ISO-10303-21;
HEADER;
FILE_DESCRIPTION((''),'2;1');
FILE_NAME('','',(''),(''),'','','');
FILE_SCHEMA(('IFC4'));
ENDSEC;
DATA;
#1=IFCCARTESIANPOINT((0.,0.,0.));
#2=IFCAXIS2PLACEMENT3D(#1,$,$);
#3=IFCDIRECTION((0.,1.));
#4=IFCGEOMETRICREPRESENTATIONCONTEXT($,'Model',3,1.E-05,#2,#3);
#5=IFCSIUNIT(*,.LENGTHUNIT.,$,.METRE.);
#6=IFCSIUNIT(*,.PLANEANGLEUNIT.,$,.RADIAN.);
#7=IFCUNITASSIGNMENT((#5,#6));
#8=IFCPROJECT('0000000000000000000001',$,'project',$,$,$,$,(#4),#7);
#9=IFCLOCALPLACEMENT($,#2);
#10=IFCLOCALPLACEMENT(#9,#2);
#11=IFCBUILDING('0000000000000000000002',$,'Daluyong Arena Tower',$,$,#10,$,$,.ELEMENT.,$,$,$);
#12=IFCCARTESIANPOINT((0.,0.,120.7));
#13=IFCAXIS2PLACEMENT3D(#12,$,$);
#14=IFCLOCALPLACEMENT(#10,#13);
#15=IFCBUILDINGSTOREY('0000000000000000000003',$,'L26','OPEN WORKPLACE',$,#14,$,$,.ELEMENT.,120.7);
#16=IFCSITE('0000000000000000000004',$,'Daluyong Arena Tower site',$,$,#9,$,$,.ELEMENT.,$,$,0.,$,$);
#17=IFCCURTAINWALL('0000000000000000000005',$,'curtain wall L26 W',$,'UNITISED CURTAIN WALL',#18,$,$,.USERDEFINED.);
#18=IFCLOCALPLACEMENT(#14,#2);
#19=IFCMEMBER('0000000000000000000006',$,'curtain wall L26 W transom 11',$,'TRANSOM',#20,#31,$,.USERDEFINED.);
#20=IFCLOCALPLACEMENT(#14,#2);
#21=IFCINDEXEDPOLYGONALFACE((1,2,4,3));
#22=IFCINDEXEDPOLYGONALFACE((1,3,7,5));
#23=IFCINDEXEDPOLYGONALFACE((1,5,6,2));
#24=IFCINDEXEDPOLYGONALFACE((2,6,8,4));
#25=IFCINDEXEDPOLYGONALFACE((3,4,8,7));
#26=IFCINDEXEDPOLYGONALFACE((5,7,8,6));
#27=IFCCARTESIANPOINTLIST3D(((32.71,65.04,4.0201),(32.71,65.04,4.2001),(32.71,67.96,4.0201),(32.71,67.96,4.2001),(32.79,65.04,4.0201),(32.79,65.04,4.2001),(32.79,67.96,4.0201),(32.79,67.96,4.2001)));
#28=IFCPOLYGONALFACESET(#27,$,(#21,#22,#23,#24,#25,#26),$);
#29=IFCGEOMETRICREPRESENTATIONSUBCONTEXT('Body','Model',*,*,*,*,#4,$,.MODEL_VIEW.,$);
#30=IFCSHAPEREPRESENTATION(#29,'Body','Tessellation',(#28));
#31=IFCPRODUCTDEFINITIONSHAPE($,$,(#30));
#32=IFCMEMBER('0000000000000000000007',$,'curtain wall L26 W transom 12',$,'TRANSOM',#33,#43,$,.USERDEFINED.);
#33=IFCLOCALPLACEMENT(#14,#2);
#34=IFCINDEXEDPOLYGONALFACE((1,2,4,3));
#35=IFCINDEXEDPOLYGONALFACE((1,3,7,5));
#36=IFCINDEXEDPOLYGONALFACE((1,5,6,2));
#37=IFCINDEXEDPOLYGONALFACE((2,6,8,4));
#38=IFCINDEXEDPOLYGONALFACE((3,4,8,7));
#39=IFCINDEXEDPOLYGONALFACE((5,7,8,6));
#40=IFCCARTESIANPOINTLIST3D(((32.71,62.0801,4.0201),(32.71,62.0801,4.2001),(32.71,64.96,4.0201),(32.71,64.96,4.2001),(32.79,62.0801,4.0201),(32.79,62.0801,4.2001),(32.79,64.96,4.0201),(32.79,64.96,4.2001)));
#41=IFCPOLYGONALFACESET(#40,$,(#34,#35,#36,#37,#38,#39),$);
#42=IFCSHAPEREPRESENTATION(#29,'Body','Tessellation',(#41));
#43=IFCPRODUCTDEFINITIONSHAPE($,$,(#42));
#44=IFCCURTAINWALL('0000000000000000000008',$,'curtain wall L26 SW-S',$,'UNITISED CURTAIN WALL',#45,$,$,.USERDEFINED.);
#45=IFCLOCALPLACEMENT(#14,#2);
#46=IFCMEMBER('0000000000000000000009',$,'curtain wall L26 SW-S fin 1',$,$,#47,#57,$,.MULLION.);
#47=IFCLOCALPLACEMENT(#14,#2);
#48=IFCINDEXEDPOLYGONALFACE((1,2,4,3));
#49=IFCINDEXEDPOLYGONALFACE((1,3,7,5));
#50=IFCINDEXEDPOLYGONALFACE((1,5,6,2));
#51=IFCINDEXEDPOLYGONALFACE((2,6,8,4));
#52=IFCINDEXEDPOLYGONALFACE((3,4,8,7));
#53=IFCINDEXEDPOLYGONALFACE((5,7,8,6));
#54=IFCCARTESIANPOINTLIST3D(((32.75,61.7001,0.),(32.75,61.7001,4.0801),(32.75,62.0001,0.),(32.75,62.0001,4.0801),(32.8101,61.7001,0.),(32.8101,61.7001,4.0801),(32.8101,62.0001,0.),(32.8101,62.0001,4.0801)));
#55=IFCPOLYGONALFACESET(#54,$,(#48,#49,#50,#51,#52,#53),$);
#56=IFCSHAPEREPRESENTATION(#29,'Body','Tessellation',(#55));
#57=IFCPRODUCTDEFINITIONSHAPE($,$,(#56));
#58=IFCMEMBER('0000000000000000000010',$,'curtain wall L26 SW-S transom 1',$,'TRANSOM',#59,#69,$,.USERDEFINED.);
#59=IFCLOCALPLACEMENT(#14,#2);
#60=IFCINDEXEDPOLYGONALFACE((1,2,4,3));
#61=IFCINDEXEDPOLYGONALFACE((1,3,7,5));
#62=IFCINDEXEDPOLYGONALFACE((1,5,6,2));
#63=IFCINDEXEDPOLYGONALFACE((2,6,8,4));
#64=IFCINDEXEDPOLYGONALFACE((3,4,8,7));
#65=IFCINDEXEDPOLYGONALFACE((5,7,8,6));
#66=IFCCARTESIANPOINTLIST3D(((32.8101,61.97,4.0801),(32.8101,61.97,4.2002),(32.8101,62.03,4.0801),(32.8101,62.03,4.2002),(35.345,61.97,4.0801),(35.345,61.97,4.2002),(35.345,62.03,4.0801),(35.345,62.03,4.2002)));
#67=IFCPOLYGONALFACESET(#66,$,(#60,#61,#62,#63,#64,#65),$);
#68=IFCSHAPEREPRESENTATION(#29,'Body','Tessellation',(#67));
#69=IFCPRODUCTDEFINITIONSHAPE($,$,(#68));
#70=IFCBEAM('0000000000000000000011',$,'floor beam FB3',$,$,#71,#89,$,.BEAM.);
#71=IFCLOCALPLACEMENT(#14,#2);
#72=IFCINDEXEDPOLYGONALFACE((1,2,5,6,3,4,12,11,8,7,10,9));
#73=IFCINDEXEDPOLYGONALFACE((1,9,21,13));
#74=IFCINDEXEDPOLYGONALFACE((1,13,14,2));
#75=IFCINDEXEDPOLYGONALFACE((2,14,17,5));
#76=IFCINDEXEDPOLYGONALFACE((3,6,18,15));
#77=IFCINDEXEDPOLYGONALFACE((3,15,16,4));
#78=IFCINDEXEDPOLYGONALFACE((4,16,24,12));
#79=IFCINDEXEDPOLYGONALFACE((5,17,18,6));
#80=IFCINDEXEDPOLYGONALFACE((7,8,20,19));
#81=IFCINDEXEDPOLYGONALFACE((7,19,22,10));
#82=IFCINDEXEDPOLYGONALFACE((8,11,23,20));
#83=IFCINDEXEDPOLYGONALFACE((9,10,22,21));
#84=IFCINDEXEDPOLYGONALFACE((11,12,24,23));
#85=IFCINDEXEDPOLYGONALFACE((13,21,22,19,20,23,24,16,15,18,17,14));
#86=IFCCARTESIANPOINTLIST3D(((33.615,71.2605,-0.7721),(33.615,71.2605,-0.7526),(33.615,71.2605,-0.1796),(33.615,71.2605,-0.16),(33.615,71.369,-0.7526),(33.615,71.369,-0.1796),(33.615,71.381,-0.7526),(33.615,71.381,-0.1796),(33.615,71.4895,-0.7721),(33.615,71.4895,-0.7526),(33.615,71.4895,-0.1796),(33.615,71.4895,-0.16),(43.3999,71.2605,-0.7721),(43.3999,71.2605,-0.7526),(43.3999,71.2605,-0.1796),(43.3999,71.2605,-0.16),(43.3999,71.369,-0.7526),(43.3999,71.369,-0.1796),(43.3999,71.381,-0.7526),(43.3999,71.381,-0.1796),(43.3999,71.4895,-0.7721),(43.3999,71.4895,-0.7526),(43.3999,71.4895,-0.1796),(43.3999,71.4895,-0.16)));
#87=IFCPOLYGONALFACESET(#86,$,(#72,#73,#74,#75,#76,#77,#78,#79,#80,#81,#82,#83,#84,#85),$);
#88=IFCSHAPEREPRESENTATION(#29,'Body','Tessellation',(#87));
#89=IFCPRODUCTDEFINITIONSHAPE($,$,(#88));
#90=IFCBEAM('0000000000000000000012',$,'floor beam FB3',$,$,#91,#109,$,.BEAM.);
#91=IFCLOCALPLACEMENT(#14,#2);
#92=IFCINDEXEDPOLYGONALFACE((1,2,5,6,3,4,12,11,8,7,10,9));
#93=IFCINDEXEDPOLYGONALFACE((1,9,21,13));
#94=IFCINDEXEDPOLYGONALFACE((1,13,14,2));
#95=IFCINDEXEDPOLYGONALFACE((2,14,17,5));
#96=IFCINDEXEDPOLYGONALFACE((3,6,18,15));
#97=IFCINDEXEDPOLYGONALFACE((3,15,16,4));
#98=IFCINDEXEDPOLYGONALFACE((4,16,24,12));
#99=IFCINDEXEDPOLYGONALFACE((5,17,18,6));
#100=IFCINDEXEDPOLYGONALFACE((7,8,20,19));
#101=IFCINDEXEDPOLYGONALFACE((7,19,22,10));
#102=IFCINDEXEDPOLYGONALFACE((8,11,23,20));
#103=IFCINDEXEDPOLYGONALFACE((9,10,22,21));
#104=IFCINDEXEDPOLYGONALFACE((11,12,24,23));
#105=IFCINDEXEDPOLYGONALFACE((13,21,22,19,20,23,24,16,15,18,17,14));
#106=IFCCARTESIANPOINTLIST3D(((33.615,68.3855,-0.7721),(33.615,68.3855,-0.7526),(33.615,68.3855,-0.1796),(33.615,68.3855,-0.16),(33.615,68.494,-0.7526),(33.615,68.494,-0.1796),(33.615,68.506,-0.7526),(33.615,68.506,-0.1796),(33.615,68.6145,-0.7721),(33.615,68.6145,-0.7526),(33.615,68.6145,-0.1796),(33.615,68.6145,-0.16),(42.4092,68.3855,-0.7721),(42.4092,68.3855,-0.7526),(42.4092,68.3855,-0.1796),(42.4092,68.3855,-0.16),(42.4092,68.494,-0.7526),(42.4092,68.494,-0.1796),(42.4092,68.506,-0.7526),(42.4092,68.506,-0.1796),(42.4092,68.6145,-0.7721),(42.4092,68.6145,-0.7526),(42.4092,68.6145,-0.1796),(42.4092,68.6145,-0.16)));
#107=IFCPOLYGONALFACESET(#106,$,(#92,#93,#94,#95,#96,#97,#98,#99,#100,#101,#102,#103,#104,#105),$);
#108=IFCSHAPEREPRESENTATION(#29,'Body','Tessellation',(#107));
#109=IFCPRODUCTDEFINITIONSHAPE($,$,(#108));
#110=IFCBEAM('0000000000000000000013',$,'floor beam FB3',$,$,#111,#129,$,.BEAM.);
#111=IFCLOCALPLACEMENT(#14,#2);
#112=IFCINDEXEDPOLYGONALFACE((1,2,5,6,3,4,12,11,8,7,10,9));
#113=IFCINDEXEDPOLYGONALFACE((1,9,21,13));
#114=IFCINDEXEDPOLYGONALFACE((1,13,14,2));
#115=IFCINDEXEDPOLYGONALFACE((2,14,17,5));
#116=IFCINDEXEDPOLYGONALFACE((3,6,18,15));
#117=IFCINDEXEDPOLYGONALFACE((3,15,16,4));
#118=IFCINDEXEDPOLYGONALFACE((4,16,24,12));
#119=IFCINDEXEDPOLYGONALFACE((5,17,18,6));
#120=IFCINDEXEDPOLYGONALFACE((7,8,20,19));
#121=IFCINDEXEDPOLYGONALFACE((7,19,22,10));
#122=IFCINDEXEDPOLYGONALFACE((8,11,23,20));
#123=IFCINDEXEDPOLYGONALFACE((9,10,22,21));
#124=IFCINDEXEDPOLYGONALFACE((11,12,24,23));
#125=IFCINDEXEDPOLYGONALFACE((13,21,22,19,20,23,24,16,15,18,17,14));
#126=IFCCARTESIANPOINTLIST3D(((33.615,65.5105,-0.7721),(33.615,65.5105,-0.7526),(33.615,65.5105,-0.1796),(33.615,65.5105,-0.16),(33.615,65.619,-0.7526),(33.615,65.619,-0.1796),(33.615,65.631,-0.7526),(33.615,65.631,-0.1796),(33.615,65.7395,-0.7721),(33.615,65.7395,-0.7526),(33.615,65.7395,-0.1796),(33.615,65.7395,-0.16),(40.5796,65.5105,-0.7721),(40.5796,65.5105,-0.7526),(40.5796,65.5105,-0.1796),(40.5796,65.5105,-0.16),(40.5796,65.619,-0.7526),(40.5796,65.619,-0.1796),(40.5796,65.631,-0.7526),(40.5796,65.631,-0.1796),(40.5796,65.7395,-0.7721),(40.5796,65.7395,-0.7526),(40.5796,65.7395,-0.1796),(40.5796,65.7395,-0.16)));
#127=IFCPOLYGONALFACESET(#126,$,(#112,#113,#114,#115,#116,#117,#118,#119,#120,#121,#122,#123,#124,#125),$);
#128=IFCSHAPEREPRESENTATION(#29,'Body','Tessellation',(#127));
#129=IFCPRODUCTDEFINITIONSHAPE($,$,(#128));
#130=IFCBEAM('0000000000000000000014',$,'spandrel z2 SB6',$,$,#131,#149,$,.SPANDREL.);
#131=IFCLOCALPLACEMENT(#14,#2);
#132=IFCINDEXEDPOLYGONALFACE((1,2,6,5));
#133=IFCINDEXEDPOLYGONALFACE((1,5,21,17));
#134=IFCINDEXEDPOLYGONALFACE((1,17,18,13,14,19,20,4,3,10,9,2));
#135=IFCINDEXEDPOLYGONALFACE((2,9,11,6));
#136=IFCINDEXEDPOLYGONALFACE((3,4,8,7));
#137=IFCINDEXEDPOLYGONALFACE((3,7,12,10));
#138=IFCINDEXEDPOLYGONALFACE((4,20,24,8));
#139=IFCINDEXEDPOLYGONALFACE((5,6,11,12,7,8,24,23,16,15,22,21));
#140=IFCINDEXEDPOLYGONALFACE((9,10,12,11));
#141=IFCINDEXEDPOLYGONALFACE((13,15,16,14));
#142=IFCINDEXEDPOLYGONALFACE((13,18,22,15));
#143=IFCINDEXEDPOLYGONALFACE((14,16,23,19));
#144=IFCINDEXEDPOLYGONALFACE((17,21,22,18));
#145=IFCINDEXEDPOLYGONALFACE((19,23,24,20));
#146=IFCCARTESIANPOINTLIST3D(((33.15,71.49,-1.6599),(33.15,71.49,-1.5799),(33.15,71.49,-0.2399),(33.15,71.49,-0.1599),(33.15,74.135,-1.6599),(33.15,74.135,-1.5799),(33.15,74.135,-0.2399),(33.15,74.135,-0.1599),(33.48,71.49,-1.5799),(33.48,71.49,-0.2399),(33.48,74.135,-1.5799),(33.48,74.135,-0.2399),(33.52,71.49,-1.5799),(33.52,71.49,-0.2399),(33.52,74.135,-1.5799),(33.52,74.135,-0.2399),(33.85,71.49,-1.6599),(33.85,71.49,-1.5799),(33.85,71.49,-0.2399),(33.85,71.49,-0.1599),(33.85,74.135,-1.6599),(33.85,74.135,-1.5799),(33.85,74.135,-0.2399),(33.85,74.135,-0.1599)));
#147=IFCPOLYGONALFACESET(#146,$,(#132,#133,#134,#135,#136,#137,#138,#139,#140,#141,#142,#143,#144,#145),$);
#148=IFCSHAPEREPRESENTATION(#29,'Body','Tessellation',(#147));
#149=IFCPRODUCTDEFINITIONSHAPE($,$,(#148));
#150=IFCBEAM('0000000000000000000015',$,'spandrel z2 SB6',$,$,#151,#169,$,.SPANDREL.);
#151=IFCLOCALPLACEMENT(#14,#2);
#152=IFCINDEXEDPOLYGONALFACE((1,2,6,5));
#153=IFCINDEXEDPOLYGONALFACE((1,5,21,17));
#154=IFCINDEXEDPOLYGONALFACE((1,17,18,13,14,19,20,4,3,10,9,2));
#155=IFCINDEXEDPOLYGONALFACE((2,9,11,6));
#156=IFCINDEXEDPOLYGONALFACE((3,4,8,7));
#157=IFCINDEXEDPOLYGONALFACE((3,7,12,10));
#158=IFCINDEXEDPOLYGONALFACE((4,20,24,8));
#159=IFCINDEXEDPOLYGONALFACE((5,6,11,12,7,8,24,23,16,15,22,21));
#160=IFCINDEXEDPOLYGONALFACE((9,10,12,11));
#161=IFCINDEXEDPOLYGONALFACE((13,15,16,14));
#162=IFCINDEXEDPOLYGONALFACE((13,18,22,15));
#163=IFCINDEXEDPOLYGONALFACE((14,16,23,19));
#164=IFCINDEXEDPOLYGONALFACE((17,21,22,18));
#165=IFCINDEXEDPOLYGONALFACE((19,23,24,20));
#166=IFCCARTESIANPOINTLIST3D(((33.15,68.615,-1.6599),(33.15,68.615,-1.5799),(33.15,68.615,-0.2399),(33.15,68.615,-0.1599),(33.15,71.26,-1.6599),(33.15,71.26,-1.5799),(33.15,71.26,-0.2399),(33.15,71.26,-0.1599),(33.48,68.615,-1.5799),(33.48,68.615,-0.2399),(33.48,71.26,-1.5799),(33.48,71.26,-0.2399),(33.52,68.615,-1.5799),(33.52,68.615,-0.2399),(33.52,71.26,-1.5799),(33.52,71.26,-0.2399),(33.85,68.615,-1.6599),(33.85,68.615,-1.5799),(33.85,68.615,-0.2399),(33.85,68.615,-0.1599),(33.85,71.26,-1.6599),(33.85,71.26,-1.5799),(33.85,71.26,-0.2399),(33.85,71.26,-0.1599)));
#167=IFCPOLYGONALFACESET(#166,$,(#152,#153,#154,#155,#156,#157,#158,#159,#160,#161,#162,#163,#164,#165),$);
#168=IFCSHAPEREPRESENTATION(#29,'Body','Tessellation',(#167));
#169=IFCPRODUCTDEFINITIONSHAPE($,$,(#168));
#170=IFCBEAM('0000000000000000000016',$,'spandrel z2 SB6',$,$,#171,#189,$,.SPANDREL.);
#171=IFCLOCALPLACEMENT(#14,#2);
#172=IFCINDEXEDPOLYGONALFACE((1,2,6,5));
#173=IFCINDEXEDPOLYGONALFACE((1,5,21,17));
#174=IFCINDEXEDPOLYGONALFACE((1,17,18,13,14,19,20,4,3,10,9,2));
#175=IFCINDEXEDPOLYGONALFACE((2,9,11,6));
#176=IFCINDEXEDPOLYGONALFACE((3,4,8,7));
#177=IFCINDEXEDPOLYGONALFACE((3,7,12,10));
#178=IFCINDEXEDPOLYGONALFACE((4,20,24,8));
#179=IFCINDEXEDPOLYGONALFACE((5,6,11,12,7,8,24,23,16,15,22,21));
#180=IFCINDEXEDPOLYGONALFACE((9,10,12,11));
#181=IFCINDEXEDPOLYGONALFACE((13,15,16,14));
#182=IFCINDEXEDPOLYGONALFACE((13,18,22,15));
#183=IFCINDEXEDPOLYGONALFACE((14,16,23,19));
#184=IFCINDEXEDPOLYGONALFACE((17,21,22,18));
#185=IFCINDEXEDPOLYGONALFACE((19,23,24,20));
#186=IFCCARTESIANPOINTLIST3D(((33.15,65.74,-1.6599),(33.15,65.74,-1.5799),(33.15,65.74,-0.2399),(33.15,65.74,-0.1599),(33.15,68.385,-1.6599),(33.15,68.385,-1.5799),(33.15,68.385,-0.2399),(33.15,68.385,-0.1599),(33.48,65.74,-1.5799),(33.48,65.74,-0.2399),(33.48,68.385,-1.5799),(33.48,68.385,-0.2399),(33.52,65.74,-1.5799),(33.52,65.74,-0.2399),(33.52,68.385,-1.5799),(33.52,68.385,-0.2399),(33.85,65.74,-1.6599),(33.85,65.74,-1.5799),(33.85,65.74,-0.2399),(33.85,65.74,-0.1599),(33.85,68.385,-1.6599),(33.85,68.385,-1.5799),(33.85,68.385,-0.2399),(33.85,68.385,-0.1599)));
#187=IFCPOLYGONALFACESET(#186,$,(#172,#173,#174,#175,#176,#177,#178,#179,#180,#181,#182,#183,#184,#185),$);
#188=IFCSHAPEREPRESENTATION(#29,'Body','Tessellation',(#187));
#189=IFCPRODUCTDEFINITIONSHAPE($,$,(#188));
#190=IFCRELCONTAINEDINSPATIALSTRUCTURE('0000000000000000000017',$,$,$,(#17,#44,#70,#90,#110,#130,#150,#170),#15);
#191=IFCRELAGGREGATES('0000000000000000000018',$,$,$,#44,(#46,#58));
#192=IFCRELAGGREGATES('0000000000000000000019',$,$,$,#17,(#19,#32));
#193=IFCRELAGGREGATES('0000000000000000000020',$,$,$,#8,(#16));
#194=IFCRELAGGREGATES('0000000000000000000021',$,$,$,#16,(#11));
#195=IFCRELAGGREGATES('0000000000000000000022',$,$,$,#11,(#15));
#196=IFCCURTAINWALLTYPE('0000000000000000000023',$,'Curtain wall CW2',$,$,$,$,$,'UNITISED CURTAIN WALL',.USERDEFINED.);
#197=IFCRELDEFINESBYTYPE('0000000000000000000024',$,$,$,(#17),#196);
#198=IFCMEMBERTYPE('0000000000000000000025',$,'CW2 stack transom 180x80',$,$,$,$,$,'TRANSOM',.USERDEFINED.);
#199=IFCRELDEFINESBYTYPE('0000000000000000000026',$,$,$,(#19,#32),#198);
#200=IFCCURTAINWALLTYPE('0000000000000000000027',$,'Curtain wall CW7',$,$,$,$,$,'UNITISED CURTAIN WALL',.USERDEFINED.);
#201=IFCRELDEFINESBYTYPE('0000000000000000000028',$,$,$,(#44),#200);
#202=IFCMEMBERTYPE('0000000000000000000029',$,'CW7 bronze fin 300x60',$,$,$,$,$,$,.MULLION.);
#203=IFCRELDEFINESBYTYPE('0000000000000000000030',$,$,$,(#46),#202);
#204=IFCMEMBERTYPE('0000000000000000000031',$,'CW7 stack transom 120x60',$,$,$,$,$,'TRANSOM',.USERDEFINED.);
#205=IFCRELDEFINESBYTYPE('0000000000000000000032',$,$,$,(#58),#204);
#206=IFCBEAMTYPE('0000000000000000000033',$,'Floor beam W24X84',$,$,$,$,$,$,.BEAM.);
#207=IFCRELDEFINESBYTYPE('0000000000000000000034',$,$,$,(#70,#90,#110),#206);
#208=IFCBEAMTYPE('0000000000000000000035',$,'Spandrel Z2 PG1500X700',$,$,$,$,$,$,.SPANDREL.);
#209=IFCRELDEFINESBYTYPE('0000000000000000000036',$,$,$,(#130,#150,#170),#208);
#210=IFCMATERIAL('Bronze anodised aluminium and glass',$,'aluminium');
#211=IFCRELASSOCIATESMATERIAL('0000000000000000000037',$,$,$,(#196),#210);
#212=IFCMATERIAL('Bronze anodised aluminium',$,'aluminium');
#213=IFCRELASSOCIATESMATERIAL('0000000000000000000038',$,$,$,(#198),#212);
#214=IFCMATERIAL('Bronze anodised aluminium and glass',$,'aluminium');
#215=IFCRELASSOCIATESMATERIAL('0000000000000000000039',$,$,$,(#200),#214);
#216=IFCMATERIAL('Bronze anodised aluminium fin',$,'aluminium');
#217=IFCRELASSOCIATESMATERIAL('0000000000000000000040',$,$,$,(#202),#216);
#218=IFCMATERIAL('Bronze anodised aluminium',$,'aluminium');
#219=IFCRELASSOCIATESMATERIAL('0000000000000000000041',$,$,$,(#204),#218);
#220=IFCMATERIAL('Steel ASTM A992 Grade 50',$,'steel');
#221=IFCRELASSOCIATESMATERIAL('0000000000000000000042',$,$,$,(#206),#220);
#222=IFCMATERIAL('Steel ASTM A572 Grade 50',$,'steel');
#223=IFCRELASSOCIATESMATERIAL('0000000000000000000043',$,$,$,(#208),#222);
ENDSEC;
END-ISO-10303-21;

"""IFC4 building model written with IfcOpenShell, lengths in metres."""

from ifc_helpers import new_model, si_unit, direction, frame, origin, origin_2d, place, context, subcontext, project, spatial, rectangle, i_section, extrude, material, material_profile, profile_set, type_object, element, aggregate, save


model = new_model("IFC4")

# Units and contexts
model_context = context("Model", 3, precision=1e-05, world=origin(), true_north=direction((0.0, 1.0)))
body_context = subcontext(model_context, "Body", "Model", "MODEL_VIEW")
ifc_project = project(units=[si_unit("LENGTHUNIT", "METRE"), si_unit("PLANEANGLEUNIT", "RADIAN")], contexts=[model_context])

# Site, building, storey
site_placement = place(None, origin())
site = spatial("IfcSite", under=ifc_project, at=site_placement, Name="Daluyong Arena Tower site", CompositionType="ELEMENT", RefElevation=0.0)
building_placement = place(site_placement, origin())
building = spatial("IfcBuilding", under=site, at=building_placement, Name="Daluyong Arena Tower", CompositionType="ELEMENT")
storey_placement = place(building_placement, frame((0.0, 0.0, 120.7)))
storey = spatial("IfcBuildingStorey", under=building, at=storey_placement, Name="L26", Description="OPEN WORKPLACE", CompositionType="ELEMENT", Elevation=120.7)

# Curtain walls, members
ifc_material_1 = material(Name="Bronze anodised aluminium and glass", Category="aluminium")
curtain_wall_type_1 = type_object("IfcCurtainWallType", Name="Curtain wall CW2", ElementType="UNITISED CURTAIN WALL", PredefinedType="USERDEFINED", material=ifc_material_1)
curtain_wall_1_placement = place(storey_placement, origin())
curtain_wall_1 = element("IfcCurtainWall", 1, at=curtain_wall_1_placement, inside=storey, type_object=curtain_wall_type_1, Name="curtain wall L26 W", ObjectType="UNITISED CURTAIN WALL", PredefinedType="USERDEFINED")
ifc_material_2 = material(Name="Bronze anodised aluminium", Category="aluminium")
ifc_material_profile_1 = material_profile(ifc_material_2, rectangle(XDim=0.0801, YDim=0.1799, at=origin_2d()))
ifc_profile_set_1 = profile_set([ifc_material_profile_1], Name="Bronze anodised aluminium")
member_type_1 = type_object("IfcMemberType", Name="CW2 stack transom 180x80", ElementType="TRANSOM", PredefinedType="USERDEFINED", material=ifc_profile_set_1)
member_1_placement = place(storey_placement, frame((32.75, 67.96, 4.1101), z_axis=(0.0, -1.0, 0.0), x_axis=(1.0, 0.0, 0.0)))
member_1 = element("IfcMember", 2, at=member_1_placement, type_object=member_type_1, Name="curtain wall L26 W transom 11", ObjectType="TRANSOM", PredefinedType="USERDEFINED", context=body_context, shape_type="SweptSolid", body=[
    extrude(rectangle(XDim=0.0801, YDim=0.1799, at=origin_2d()), origin(), (0.0, 0.0, 1.0), 2.9199),
])
member_2_placement = place(storey_placement, frame((32.75, 64.96, 4.1101), z_axis=(0.0, -1.0, 0.0), x_axis=(1.0, 0.0, 0.0)))
member_2 = element("IfcMember", 3, at=member_2_placement, type_object=member_type_1, Name="curtain wall L26 W transom 12", ObjectType="TRANSOM", PredefinedType="USERDEFINED", context=body_context, shape_type="SweptSolid", body=[
    extrude(rectangle(XDim=0.0801, YDim=0.1799, at=origin_2d()), origin(), (0.0, 0.0, 1.0), 2.8799),
])
ifc_material_3 = material(Name="Bronze anodised aluminium and glass", Category="aluminium")
curtain_wall_type_2 = type_object("IfcCurtainWallType", Name="Curtain wall CW7", ElementType="UNITISED CURTAIN WALL", PredefinedType="USERDEFINED", material=ifc_material_3)
curtain_wall_2_placement = place(storey_placement, origin())
curtain_wall_2 = element("IfcCurtainWall", 4, at=curtain_wall_2_placement, inside=storey, type_object=curtain_wall_type_2, Name="curtain wall L26 SW-S", ObjectType="UNITISED CURTAIN WALL", PredefinedType="USERDEFINED")
ifc_material_4 = material(Name="Bronze anodised aluminium fin", Category="aluminium")
ifc_material_profile_2 = material_profile(ifc_material_4, rectangle(XDim=0.3, YDim=0.0601, at=origin_2d()))
ifc_profile_set_2 = profile_set([ifc_material_profile_2], Name="Bronze anodised aluminium fin")
member_type_2 = type_object("IfcMemberType", Name="CW7 bronze fin 300x60", PredefinedType="MULLION", material=ifc_profile_set_2)
member_3_placement = place(storey_placement, frame((32.78, 61.8501, 0.0), z_axis=(0.0, 0.0, 1.0), x_axis=(0.0, 1.0, 0.0)))
member_3 = element("IfcMember", 5, at=member_3_placement, type_object=member_type_2, Name="curtain wall L26 SW-S fin 1", PredefinedType="MULLION", context=body_context, shape_type="SweptSolid", body=[
    extrude(rectangle(XDim=0.3, YDim=0.0601, at=origin_2d()), origin(), (0.0, 0.0, 1.0), 4.0801),
])
ifc_material_5 = material(Name="Bronze anodised aluminium", Category="aluminium")
ifc_material_profile_3 = material_profile(ifc_material_5, rectangle(XDim=0.0601, YDim=0.1201, at=origin_2d()))
ifc_profile_set_3 = profile_set([ifc_material_profile_3], Name="Bronze anodised aluminium")
member_type_3 = type_object("IfcMemberType", Name="CW7 stack transom 120x60", ElementType="TRANSOM", PredefinedType="USERDEFINED", material=ifc_profile_set_3)
member_4_placement = place(storey_placement, frame((32.8101, 62.0, 4.1401), z_axis=(1.0, 0.0, 0.0), x_axis=(0.0, 1.0, 0.0)))
member_4 = element("IfcMember", 6, at=member_4_placement, type_object=member_type_3, Name="curtain wall L26 SW-S transom 1", ObjectType="TRANSOM", PredefinedType="USERDEFINED", context=body_context, shape_type="SweptSolid", body=[
    extrude(rectangle(XDim=0.0601, YDim=0.1201, at=origin_2d()), origin(), (0.0, 0.0, 1.0), 2.5349),
])
aggregate(curtain_wall_2, [member_3, member_4])

# Beams
ifc_material_6 = material(Name="Steel ASTM A992 Grade 50", Category="steel")
ifc_material_profile_4 = material_profile(ifc_material_6, i_section(OverallWidth=0.229, OverallDepth=0.6121, WebThickness=0.012, FlangeThickness=0.0195, at=origin_2d()))
ifc_profile_set_4 = profile_set([ifc_material_profile_4], Name="Steel ASTM A992 Grade 50")
beam_type_1 = type_object("IfcBeamType", Name="Floor beam W24X84", PredefinedType="BEAM", material=ifc_profile_set_4)
beam_1_placement = place(storey_placement, frame((33.615, 71.375, -0.4661), z_axis=(1.0, 0.0, 0.0), x_axis=(0.0, 1.0, 0.0)))
element("IfcBeam", 7, at=beam_1_placement, inside=storey, type_object=beam_type_1, Name="floor beam FB3", PredefinedType="BEAM", context=body_context, shape_type="SweptSolid", body=[
    extrude(i_section(OverallWidth=0.229, OverallDepth=0.6121, WebThickness=0.012, FlangeThickness=0.0195, at=origin_2d()), origin(), (0.0, 0.0, 1.0), 9.7849),
])
beam_2_placement = place(storey_placement, frame((33.615, 68.5, -0.4661), z_axis=(1.0, 0.0, 0.0), x_axis=(0.0, 1.0, 0.0)))
element("IfcBeam", 8, at=beam_2_placement, inside=storey, type_object=beam_type_1, Name="floor beam FB3", PredefinedType="BEAM", context=body_context, shape_type="SweptSolid", body=[
    extrude(i_section(OverallWidth=0.229, OverallDepth=0.6121, WebThickness=0.012, FlangeThickness=0.0195, at=origin_2d()), origin(), (0.0, 0.0, 1.0), 8.7942),
])
beam_3_placement = place(storey_placement, frame((33.615, 65.625, -0.4661), z_axis=(1.0, 0.0, 0.0), x_axis=(0.0, 1.0, 0.0)))
element("IfcBeam", 9, at=beam_3_placement, inside=storey, type_object=beam_type_1, Name="floor beam FB3", PredefinedType="BEAM", context=body_context, shape_type="SweptSolid", body=[
    extrude(i_section(OverallWidth=0.229, OverallDepth=0.6121, WebThickness=0.012, FlangeThickness=0.0195, at=origin_2d()), origin(), (0.0, 0.0, 1.0), 6.9646),
])
ifc_material_7 = material(Name="Steel ASTM A572 Grade 50", Category="steel")
ifc_material_profile_5 = material_profile(ifc_material_7, i_section(OverallWidth=0.7, OverallDepth=1.5, WebThickness=0.04, FlangeThickness=0.08, at=origin_2d()))
ifc_profile_set_5 = profile_set([ifc_material_profile_5], Name="Steel ASTM A572 Grade 50")
beam_type_2 = type_object("IfcBeamType", Name="Spandrel Z2 PG1500X700", PredefinedType="SPANDREL", material=ifc_profile_set_5)
for number, where, z_axis, x_axis, name in (
    (10, (33.5, 74.135, -0.9099), (0.0, -1.0, 0.0), (1.0, 0.0, 0.0), "spandrel z2 SB6"),
    (11, (33.5, 71.26, -0.9099), (0.0, -1.0, 0.0), (1.0, 0.0, 0.0), "spandrel z2 SB6"),
    (12, (33.5, 68.385, -0.9099), (0.0, -1.0, 0.0), (1.0, 0.0, 0.0), "spandrel z2 SB6"),
):
    element("IfcBeam", number, at=place(storey_placement, frame(where, z_axis=z_axis, x_axis=x_axis)), inside=storey, type_object=beam_type_2, Name=name, PredefinedType="SPANDREL", context=body_context, shape_type="SweptSolid", body=[
        extrude(i_section(OverallWidth=0.7, OverallDepth=1.5, WebThickness=0.04, FlangeThickness=0.08, at=origin_2d()), origin(), (0.0, 0.0, 1.0), 2.645),
    ])

aggregate(curtain_wall_1, [member_1, member_2])

save(model, "model.ifc")
